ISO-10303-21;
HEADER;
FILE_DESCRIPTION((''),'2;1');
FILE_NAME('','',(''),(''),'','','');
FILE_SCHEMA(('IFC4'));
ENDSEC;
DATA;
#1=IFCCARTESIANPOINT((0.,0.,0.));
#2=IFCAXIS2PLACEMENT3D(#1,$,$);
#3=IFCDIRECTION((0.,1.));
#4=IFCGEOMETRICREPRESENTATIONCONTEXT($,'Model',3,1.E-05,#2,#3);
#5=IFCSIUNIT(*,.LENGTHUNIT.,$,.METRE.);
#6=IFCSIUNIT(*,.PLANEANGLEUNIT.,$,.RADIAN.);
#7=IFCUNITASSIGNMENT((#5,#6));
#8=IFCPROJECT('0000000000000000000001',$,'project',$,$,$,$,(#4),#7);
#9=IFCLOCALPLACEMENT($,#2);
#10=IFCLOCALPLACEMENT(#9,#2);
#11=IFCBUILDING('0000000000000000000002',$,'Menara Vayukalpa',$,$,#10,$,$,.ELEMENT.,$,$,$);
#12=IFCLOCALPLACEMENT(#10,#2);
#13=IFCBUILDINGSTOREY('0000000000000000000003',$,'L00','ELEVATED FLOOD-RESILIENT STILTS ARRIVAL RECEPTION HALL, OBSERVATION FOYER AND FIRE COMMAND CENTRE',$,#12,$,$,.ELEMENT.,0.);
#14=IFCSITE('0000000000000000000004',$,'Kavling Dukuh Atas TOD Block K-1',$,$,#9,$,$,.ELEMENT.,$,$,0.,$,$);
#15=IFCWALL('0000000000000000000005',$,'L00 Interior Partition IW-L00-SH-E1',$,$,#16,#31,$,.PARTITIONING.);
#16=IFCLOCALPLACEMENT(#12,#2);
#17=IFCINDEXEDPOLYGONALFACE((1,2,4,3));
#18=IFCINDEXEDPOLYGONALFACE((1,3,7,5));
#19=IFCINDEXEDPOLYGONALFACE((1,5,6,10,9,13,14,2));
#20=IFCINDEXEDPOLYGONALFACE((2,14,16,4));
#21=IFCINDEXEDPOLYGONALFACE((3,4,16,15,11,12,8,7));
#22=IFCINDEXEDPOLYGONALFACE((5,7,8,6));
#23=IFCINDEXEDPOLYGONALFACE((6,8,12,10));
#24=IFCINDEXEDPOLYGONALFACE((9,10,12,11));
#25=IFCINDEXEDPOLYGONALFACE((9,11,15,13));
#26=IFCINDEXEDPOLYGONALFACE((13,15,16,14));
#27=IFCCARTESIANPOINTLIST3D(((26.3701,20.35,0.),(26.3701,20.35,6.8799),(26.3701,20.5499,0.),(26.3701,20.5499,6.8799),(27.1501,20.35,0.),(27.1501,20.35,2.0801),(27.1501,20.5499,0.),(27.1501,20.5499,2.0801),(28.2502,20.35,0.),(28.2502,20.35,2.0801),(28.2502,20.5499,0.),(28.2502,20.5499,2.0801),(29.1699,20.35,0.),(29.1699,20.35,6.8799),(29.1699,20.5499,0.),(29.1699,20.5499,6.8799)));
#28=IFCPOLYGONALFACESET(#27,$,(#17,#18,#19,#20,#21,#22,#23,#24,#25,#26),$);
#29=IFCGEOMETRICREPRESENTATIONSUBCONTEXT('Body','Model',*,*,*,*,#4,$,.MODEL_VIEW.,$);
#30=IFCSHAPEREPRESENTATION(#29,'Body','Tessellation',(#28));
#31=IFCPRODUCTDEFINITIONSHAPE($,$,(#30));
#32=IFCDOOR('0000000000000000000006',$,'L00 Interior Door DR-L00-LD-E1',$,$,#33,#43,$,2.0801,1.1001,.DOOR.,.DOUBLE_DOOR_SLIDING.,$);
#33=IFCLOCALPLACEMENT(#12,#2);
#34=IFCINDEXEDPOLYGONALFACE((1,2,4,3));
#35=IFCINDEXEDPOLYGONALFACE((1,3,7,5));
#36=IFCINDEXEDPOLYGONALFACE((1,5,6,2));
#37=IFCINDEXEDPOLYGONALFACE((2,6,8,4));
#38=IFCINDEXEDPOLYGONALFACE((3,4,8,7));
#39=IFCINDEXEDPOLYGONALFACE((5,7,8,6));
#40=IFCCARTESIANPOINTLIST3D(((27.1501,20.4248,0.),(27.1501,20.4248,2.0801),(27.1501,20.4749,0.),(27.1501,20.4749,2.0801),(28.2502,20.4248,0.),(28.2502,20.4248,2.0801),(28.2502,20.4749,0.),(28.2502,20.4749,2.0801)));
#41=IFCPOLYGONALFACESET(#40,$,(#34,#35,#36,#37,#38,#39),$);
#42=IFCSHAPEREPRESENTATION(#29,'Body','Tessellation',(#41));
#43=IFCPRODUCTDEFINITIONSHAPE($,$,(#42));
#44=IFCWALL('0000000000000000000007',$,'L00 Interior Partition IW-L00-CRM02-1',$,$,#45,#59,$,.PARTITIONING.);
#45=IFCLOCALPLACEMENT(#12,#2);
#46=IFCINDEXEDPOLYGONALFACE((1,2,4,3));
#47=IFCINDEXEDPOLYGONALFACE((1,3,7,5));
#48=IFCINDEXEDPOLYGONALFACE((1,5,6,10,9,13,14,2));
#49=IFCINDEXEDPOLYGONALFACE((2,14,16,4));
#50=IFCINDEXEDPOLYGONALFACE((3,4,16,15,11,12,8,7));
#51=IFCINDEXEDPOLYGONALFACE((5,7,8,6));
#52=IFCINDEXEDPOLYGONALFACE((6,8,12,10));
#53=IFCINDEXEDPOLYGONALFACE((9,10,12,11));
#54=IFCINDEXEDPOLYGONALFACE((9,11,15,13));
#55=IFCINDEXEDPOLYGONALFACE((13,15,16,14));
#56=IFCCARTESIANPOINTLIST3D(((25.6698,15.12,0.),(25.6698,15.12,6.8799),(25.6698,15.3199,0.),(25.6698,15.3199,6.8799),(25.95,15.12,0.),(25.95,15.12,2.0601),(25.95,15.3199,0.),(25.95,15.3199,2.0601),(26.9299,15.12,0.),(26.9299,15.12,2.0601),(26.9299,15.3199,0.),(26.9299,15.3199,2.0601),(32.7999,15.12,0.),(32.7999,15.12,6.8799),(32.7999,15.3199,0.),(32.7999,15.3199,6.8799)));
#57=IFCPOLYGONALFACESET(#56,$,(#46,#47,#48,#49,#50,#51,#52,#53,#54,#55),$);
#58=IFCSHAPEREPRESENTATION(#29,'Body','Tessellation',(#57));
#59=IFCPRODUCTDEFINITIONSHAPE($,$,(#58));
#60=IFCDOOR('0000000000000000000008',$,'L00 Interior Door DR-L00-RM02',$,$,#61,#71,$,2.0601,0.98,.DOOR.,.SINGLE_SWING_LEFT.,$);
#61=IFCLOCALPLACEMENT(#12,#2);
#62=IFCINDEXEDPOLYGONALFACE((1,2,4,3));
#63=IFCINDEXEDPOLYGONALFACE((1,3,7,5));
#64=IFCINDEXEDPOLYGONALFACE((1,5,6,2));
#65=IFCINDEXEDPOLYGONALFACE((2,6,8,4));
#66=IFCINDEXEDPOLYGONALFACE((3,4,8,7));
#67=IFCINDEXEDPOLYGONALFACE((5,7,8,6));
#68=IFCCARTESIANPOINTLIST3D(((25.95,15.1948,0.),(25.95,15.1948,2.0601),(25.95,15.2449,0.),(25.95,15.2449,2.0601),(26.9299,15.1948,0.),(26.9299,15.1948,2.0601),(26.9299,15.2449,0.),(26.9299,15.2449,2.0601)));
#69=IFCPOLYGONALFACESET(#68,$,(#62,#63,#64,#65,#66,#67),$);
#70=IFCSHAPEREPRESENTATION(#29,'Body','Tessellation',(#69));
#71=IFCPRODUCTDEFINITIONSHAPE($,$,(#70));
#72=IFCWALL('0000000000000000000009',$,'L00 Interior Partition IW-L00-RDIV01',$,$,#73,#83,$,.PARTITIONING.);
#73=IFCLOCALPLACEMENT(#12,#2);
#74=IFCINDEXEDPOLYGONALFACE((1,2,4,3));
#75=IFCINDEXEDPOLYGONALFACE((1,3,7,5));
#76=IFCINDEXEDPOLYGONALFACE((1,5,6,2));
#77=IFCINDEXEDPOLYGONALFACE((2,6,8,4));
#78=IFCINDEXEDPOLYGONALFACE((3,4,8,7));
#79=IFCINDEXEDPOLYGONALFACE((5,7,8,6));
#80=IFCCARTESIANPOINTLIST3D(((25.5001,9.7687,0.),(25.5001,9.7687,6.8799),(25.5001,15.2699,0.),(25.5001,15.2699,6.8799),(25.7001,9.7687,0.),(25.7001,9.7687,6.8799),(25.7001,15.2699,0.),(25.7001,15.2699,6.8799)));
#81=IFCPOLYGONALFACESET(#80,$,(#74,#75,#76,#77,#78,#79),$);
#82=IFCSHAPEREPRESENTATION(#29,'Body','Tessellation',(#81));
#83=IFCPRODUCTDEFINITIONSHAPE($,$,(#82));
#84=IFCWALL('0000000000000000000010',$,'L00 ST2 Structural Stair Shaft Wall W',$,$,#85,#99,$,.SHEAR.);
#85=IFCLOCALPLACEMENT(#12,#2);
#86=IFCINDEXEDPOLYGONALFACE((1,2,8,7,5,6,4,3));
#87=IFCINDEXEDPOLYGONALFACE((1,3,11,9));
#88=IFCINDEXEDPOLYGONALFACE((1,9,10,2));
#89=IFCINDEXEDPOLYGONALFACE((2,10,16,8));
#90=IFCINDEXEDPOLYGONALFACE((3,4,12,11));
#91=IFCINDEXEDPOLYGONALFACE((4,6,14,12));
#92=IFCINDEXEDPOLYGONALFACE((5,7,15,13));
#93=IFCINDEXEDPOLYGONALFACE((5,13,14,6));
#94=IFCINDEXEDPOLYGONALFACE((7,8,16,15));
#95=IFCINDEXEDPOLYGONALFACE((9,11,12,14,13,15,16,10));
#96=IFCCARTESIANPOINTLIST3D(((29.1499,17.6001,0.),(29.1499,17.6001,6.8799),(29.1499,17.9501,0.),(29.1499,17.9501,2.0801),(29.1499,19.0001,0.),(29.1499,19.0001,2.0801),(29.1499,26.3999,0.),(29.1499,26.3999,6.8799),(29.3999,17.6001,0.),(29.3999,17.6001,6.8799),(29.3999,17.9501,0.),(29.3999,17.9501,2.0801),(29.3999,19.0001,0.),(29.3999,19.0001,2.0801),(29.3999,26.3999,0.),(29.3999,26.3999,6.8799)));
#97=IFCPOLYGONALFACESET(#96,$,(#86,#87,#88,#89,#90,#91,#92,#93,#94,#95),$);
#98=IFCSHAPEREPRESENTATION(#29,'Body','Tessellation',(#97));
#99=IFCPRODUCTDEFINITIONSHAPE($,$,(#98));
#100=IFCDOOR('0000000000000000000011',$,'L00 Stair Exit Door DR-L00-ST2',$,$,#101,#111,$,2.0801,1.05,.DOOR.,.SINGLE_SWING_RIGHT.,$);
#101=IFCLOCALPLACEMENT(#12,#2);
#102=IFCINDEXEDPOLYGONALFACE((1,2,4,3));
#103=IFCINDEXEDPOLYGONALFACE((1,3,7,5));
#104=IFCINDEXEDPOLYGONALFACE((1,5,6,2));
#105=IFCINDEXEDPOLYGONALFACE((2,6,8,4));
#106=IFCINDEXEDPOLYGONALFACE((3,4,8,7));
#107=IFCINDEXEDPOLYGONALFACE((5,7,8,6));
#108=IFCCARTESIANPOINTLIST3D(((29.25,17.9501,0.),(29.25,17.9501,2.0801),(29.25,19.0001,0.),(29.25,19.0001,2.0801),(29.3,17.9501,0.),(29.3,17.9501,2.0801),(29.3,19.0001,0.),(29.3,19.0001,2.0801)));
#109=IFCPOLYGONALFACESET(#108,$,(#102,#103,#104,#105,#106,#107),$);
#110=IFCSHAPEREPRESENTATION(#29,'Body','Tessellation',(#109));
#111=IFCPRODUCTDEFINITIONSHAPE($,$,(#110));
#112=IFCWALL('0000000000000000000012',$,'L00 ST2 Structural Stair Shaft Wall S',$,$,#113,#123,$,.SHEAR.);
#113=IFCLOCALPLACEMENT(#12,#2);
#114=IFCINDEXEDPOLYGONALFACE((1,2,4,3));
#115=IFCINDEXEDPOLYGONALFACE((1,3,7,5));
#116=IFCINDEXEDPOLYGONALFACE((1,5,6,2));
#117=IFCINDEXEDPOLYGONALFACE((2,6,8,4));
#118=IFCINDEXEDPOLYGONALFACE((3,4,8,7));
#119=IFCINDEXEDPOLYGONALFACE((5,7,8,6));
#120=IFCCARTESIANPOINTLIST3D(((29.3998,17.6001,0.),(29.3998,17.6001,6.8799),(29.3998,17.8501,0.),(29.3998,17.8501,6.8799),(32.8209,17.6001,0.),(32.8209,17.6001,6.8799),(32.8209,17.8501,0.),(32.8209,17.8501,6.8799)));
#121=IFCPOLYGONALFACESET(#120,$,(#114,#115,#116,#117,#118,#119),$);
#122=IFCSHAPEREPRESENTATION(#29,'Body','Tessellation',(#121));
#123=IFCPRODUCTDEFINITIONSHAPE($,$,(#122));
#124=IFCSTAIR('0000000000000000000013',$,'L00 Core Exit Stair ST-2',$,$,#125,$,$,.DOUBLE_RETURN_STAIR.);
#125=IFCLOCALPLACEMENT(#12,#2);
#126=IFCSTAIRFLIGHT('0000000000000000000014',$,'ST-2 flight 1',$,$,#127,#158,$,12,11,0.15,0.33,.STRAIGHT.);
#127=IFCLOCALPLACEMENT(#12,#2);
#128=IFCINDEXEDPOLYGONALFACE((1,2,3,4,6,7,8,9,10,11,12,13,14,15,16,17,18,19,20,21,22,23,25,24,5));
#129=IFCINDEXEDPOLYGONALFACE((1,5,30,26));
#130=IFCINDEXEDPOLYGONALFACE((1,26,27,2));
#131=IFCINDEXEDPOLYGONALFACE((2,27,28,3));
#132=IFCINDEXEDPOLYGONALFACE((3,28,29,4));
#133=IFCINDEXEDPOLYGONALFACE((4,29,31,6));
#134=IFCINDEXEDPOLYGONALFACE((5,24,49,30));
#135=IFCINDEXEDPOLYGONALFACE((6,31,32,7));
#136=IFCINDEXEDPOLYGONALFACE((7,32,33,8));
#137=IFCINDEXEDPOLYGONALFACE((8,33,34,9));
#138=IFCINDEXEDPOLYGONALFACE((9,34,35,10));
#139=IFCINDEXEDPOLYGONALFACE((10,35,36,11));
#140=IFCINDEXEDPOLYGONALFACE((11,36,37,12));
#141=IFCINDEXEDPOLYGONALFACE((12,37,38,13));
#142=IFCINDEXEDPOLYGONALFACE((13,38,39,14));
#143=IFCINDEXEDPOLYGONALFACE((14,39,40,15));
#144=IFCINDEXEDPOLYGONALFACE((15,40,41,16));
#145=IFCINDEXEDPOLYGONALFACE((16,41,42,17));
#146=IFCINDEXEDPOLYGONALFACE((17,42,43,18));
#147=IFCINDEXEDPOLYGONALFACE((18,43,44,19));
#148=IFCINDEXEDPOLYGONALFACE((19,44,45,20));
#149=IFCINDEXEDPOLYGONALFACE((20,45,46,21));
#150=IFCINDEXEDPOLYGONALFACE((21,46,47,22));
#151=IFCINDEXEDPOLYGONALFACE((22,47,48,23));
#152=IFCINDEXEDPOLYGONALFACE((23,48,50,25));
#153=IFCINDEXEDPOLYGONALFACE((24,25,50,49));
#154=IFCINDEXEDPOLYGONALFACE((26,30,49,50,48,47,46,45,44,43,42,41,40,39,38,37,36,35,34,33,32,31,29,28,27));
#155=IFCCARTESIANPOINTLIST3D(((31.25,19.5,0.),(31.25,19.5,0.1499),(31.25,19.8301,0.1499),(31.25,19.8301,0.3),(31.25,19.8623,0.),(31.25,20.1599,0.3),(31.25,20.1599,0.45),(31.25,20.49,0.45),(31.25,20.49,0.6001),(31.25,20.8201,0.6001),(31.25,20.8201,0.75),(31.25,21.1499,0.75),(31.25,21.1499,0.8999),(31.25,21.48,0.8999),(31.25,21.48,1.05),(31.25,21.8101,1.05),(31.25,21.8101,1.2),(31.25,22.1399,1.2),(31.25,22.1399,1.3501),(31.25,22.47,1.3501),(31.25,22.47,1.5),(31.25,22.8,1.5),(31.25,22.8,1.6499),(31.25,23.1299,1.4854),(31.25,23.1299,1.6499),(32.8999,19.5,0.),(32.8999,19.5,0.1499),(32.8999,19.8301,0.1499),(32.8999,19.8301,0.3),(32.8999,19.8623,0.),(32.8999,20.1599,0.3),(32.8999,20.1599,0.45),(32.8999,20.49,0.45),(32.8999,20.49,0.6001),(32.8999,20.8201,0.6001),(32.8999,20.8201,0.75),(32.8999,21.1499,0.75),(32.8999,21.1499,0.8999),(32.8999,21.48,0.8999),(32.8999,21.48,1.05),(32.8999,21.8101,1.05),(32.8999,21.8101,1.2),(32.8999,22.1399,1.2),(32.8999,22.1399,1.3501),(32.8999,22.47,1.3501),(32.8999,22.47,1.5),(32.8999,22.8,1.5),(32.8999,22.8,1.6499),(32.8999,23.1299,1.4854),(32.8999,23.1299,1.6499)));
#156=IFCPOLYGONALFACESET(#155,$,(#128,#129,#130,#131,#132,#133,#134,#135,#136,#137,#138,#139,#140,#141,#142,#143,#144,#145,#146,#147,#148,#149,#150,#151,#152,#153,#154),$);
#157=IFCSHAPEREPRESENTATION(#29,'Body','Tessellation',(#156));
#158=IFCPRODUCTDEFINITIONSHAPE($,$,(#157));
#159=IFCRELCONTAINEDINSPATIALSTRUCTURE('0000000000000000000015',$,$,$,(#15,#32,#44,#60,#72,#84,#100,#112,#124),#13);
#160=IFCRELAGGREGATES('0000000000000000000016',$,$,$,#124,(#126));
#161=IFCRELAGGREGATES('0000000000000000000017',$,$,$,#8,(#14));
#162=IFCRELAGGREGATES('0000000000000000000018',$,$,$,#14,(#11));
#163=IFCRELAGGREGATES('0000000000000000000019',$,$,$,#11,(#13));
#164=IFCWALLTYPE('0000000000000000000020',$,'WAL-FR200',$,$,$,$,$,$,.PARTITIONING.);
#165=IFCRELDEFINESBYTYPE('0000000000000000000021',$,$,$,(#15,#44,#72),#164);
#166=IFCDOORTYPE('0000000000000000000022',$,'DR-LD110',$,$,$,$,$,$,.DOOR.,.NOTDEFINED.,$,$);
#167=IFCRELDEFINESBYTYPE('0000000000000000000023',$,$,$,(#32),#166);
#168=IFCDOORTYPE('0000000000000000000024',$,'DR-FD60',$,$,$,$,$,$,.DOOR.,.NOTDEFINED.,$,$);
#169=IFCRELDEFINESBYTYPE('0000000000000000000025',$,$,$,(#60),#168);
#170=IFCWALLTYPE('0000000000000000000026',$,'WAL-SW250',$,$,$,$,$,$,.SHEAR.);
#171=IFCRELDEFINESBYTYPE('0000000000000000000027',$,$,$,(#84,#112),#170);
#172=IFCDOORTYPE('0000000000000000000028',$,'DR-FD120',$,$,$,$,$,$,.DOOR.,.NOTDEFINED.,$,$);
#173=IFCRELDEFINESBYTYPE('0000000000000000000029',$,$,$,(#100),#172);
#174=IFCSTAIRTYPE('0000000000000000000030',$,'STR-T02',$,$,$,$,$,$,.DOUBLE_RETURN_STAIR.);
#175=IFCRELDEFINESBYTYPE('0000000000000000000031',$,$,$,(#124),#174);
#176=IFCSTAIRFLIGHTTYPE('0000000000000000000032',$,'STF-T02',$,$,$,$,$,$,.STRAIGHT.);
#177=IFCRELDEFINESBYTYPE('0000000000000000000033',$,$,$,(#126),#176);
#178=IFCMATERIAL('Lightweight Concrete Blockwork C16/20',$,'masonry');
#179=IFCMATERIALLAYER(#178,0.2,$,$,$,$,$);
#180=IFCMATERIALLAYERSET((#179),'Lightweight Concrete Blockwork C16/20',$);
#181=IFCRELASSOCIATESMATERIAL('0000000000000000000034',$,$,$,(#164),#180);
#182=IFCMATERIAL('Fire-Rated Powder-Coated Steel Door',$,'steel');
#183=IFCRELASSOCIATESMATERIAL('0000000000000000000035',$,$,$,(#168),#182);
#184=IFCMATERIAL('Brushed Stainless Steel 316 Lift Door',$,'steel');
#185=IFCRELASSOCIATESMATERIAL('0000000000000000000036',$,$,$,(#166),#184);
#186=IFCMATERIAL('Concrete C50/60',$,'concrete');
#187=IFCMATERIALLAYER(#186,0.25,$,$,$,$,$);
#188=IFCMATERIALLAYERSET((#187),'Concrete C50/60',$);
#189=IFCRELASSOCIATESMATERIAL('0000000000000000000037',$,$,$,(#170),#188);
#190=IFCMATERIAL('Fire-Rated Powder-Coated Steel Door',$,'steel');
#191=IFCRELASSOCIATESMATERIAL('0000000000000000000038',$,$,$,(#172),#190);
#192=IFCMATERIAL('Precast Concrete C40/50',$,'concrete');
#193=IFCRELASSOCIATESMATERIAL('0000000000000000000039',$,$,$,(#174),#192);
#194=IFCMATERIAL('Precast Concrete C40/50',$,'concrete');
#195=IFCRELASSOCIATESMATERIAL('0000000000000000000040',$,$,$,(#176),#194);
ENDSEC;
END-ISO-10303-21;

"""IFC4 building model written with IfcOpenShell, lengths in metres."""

from ifc_helpers import new_model, si_unit, direction, frame, frame_2d, origin, place, context, subcontext, project, spatial, polyline, rectangle, outline, extrude, material, layer, layer_set, type_object, element, fill, aggregate, save


model = new_model("IFC4")

# Units and contexts
model_context = context("Model", 3, precision=1e-05, world=origin(), true_north=direction((0.0, 1.0)))
body_context = subcontext(model_context, "Body", "Model", "MODEL_VIEW")
ifc_project = project(units=[si_unit("LENGTHUNIT", "METRE"), si_unit("PLANEANGLEUNIT", "RADIAN")], contexts=[model_context])

# Site, building, storey
site_placement = place(None, origin())
site = spatial("IfcSite", under=ifc_project, at=site_placement, Name="Kavling Dukuh Atas TOD Block K-1", CompositionType="ELEMENT", RefElevation=0.0)
building_placement = place(site_placement, origin())
building = spatial("IfcBuilding", under=site, at=building_placement, Name="Menara Vayukalpa", CompositionType="ELEMENT")
storey_placement = place(building_placement, origin())
storey = spatial("IfcBuildingStorey", under=building, at=storey_placement, Name="L00", Description="ELEVATED FLOOD-RESILIENT STILTS ARRIVAL RECEPTION HALL, OBSERVATION FOYER AND FIRE COMMAND CENTRE", CompositionType="ELEMENT", Elevation=0.0)

# Walls, openings, doors
ifc_material_1 = material(Name="Lightweight Concrete Blockwork C16/20", Category="masonry")
ifc_layer_1 = layer(ifc_material_1, 0.2)
ifc_layer_set_1 = layer_set([ifc_layer_1], Name="Lightweight Concrete Blockwork C16/20")
wall_type_1 = type_object("IfcWallType", Name="WAL-FR200", PredefinedType="PARTITIONING", material=ifc_layer_set_1)
ifc_material_2 = material(Name="Fire-Rated Powder-Coated Steel Door", Category="steel")
door_type_1 = type_object("IfcDoorType", Name="DR-FD60", OperationType="NOTDEFINED", PredefinedType="DOOR", material=ifc_material_2)
wall_1_placement = place(storey_placement, frame((26.3701, 20.45, 0.0), z_axis=(0.0, 0.0, 1.0), x_axis=(1.0, 0.0, 0.0)))
wall_1 = element("IfcWall", 1, at=wall_1_placement, inside=storey, type_object=wall_type_1, Name="L00 Interior Partition IW-L00-SH-E1", PredefinedType="PARTITIONING", context=body_context, shape_type="SweptSolid", body=[
    extrude(rectangle(XDim=2.7998, YDim=0.2, at=frame_2d((1.3999, 0.0))), origin(), (0.0, 0.0, 1.0), 6.8799),
])
opening_1_placement = place(wall_1_placement, frame((0.78, 0.0, 0.0)))
opening_1 = element("IfcOpeningElement", 2, at=opening_1_placement, cuts=wall_1, PredefinedType="OPENING", context=body_context, shape_type="SweptSolid", body=[
    extrude(rectangle(XDim=1.1001, YDim=2.0801, at=frame_2d((0.55, 1.04))), frame((0.0, 0.1099, 0.0), z_axis=(0.0, -1.0, 0.0), x_axis=(1.0, 0.0, 0.0)), (0.0, 0.0, 1.0), 0.22),
])
ifc_material_3 = material(Name="Brushed Stainless Steel 316 Lift Door", Category="steel")
door_type_2 = type_object("IfcDoorType", Name="DR-LD110", OperationType="NOTDEFINED", PredefinedType="DOOR", material=ifc_material_3)
door_1_placement = place(opening_1_placement, origin())
door_1 = element("IfcDoor", 3, at=door_1_placement, inside=storey, type_object=door_type_2, Name="L00 Interior Door DR-L00-LD-E1", OperationType="DOUBLE_DOOR_SLIDING", OverallHeight=2.0801, OverallWidth=1.1001, PredefinedType="DOOR", context=body_context, shape_type="SweptSolid", body=[
    extrude(rectangle(XDim=1.1001, YDim=2.0801, at=frame_2d((0.55, 1.04))), frame((0.0, 0.0249, 0.0), z_axis=(0.0, -1.0, 0.0), x_axis=(1.0, 0.0, 0.0)), (0.0, 0.0, 1.0), 0.05),
])
fill(opening_1, door_1)
wall_2_placement = place(storey_placement, frame((25.6699, 15.22, 0.0), z_axis=(0.0, 0.0, 1.0), x_axis=(1.0, 0.0, 0.0)))
wall_2 = element("IfcWall", 4, at=wall_2_placement, inside=storey, type_object=wall_type_1, Name="L00 Interior Partition IW-L00-CRM02-1", PredefinedType="PARTITIONING", context=body_context, shape_type="SweptSolid", body=[
    extrude(rectangle(XDim=7.1301, YDim=0.2, at=frame_2d((3.5649, 0.0))), origin(), (0.0, 0.0, 1.0), 6.8799),
])
opening_2_placement = place(wall_2_placement, frame((0.28, 0.0, 0.0)))
opening_2 = element("IfcOpeningElement", 5, at=opening_2_placement, cuts=wall_2, PredefinedType="OPENING", context=body_context, shape_type="SweptSolid", body=[
    extrude(rectangle(XDim=0.98, YDim=2.0601, at=frame_2d((0.49, 1.03))), frame((0.0, 0.1099, 0.0), z_axis=(0.0, -1.0, 0.0), x_axis=(1.0, 0.0, 0.0)), (0.0, 0.0, 1.0), 0.22),
])
door_2_placement = place(opening_2_placement, origin())
door_2 = element("IfcDoor", 6, at=door_2_placement, inside=storey, type_object=door_type_1, Name="L00 Interior Door DR-L00-RM02", OperationType="SINGLE_SWING_LEFT", OverallHeight=2.0601, OverallWidth=0.98, PredefinedType="DOOR", context=body_context, shape_type="SweptSolid", body=[
    extrude(rectangle(XDim=0.98, YDim=2.0601, at=frame_2d((0.49, 1.03))), frame((0.0, 0.0249, 0.0), z_axis=(0.0, -1.0, 0.0), x_axis=(1.0, 0.0, 0.0)), (0.0, 0.0, 1.0), 0.05),
])
fill(opening_2, door_2)

# Wall
wall_3_placement = place(storey_placement, frame((25.6001, 9.7688, 0.0), z_axis=(0.0, 0.0, 1.0), x_axis=(0.0, 1.0, 0.0)))
element("IfcWall", 7, at=wall_3_placement, inside=storey, type_object=wall_type_1, Name="L00 Interior Partition IW-L00-RDIV01", PredefinedType="PARTITIONING", context=body_context, shape_type="SweptSolid", body=[
    extrude(rectangle(XDim=5.5012, YDim=0.2, at=frame_2d((2.7505, 0.0))), origin(), (0.0, 0.0, 1.0), 6.8799),
])

# Wall, opening, door
ifc_material_4 = material(Name="Concrete C50/60", Category="concrete")
ifc_layer_2 = layer(ifc_material_4, 0.25)
ifc_layer_set_2 = layer_set([ifc_layer_2], Name="Concrete C50/60")
wall_type_2 = type_object("IfcWallType", Name="WAL-SW250", PredefinedType="SHEAR", material=ifc_layer_set_2)
wall_4_placement = place(storey_placement, frame((29.2749, 17.6001, 0.0), z_axis=(0.0, 0.0, 1.0), x_axis=(0.0, 1.0, 0.0)))
wall_4 = element("IfcWall", 8, at=wall_4_placement, inside=storey, type_object=wall_type_2, Name="L00 ST2 Structural Stair Shaft Wall W", PredefinedType="SHEAR", context=body_context, shape_type="SweptSolid", body=[
    extrude(rectangle(XDim=8.7998, YDim=0.25, at=frame_2d((4.3999, 0.0))), origin(), (0.0, 0.0, 1.0), 6.8799),
])
opening_3_placement = place(wall_4_placement, frame((0.3501, 0.0, 0.0)))
opening_3 = element("IfcOpeningElement", 9, at=opening_3_placement, cuts=wall_4, PredefinedType="OPENING", context=body_context, shape_type="SweptSolid", body=[
    extrude(rectangle(XDim=1.05, YDim=2.0801, at=frame_2d((0.5249, 1.04))), frame((0.0, 0.135, 0.0), z_axis=(0.0, -1.0, 0.0), x_axis=(1.0, 0.0, 0.0)), (0.0, 0.0, 1.0), 0.27),
])
ifc_material_5 = material(Name="Fire-Rated Powder-Coated Steel Door", Category="steel")
door_type_3 = type_object("IfcDoorType", Name="DR-FD120", OperationType="NOTDEFINED", PredefinedType="DOOR", material=ifc_material_5)
door_3_placement = place(opening_3_placement, origin())
door_3 = element("IfcDoor", 10, at=door_3_placement, inside=storey, type_object=door_type_3, Name="L00 Stair Exit Door DR-L00-ST2", OperationType="SINGLE_SWING_RIGHT", OverallHeight=2.0801, OverallWidth=1.05, PredefinedType="DOOR", context=body_context, shape_type="SweptSolid", body=[
    extrude(rectangle(XDim=1.05, YDim=2.0801, at=frame_2d((0.5249, 1.04))), frame((0.0, 0.0249, 0.0), z_axis=(0.0, -1.0, 0.0), x_axis=(1.0, 0.0, 0.0)), (0.0, 0.0, 1.0), 0.05),
])
fill(opening_3, door_3)

# Wall
wall_5_placement = place(storey_placement, frame((29.3999, 17.7251, 0.0), z_axis=(0.0, 0.0, 1.0), x_axis=(1.0, 0.0, 0.0)))
element("IfcWall", 11, at=wall_5_placement, inside=storey, type_object=wall_type_2, Name="L00 ST2 Structural Stair Shaft Wall S", PredefinedType="SHEAR", context=body_context, shape_type="SweptSolid", body=[
    extrude(rectangle(XDim=3.4211, YDim=0.25, at=frame_2d((1.7104, 0.0))), origin(), (0.0, 0.0, 1.0), 6.8799),
])

# Stair, stair flight
ifc_material_6 = material(Name="Precast Concrete C40/50", Category="concrete")
stair_type = type_object("IfcStairType", Name="STR-T02", PredefinedType="DOUBLE_RETURN_STAIR", material=ifc_material_6)
stair_placement = place(storey_placement, origin())
stair = element("IfcStair", 12, at=stair_placement, inside=storey, type_object=stair_type, Name="L00 Core Exit Stair ST-2", PredefinedType="DOUBLE_RETURN_STAIR")
ifc_material_7 = material(Name="Precast Concrete C40/50", Category="concrete")
stair_flight_type = type_object("IfcStairFlightType", Name="STF-T02", PredefinedType="STRAIGHT", material=ifc_material_7)
stair_flight_1_placement = place(storey_placement, frame((32.075, 19.5, 0.0), z_axis=(0.0, 0.0, 1.0), x_axis=(0.0, 1.0, 0.0)))
stair_flight_1 = element("IfcStairFlight", 13, at=stair_flight_1_placement, type_object=stair_flight_type, Name="ST-2 flight 1", NumberOfRisers=12, NumberOfTreads=11, PredefinedType="STRAIGHT", RiserHeight=0.15, TreadLength=0.33, context=body_context, shape_type="SweptSolid", body=[
    extrude(outline(polyline([(0.0, 0.0), (0.0, 0.1499), (0.3301, 0.1499), (0.3301, 0.3), (0.6599, 0.3), (0.6599, 0.45), (0.99, 0.45), (0.99, 0.6001), (1.3201, 0.6001), (1.3201, 0.75), (1.6499, 0.75), (1.6499, 0.8999), (1.98, 0.8999), (1.98, 1.05), (2.3101, 1.05), (2.3101, 1.2), (2.6399, 1.2), (2.6399, 1.3501), (2.97, 1.3501), (2.97, 1.5), (3.3, 1.5), (3.3, 1.6499), (3.6299, 1.6499), (3.6299, 1.8), (3.6299, 1.4854), (0.3623, 0.0), (0.0, 0.0)])), frame((0.0, 0.825, 0.0), z_axis=(0.0, -1.0, 0.0), x_axis=(1.0, 0.0, 0.0)), (0.0, 0.0, 1.0), 1.6499),
])
aggregate(stair, [stair_flight_1])

save(model, "model.ifc")
